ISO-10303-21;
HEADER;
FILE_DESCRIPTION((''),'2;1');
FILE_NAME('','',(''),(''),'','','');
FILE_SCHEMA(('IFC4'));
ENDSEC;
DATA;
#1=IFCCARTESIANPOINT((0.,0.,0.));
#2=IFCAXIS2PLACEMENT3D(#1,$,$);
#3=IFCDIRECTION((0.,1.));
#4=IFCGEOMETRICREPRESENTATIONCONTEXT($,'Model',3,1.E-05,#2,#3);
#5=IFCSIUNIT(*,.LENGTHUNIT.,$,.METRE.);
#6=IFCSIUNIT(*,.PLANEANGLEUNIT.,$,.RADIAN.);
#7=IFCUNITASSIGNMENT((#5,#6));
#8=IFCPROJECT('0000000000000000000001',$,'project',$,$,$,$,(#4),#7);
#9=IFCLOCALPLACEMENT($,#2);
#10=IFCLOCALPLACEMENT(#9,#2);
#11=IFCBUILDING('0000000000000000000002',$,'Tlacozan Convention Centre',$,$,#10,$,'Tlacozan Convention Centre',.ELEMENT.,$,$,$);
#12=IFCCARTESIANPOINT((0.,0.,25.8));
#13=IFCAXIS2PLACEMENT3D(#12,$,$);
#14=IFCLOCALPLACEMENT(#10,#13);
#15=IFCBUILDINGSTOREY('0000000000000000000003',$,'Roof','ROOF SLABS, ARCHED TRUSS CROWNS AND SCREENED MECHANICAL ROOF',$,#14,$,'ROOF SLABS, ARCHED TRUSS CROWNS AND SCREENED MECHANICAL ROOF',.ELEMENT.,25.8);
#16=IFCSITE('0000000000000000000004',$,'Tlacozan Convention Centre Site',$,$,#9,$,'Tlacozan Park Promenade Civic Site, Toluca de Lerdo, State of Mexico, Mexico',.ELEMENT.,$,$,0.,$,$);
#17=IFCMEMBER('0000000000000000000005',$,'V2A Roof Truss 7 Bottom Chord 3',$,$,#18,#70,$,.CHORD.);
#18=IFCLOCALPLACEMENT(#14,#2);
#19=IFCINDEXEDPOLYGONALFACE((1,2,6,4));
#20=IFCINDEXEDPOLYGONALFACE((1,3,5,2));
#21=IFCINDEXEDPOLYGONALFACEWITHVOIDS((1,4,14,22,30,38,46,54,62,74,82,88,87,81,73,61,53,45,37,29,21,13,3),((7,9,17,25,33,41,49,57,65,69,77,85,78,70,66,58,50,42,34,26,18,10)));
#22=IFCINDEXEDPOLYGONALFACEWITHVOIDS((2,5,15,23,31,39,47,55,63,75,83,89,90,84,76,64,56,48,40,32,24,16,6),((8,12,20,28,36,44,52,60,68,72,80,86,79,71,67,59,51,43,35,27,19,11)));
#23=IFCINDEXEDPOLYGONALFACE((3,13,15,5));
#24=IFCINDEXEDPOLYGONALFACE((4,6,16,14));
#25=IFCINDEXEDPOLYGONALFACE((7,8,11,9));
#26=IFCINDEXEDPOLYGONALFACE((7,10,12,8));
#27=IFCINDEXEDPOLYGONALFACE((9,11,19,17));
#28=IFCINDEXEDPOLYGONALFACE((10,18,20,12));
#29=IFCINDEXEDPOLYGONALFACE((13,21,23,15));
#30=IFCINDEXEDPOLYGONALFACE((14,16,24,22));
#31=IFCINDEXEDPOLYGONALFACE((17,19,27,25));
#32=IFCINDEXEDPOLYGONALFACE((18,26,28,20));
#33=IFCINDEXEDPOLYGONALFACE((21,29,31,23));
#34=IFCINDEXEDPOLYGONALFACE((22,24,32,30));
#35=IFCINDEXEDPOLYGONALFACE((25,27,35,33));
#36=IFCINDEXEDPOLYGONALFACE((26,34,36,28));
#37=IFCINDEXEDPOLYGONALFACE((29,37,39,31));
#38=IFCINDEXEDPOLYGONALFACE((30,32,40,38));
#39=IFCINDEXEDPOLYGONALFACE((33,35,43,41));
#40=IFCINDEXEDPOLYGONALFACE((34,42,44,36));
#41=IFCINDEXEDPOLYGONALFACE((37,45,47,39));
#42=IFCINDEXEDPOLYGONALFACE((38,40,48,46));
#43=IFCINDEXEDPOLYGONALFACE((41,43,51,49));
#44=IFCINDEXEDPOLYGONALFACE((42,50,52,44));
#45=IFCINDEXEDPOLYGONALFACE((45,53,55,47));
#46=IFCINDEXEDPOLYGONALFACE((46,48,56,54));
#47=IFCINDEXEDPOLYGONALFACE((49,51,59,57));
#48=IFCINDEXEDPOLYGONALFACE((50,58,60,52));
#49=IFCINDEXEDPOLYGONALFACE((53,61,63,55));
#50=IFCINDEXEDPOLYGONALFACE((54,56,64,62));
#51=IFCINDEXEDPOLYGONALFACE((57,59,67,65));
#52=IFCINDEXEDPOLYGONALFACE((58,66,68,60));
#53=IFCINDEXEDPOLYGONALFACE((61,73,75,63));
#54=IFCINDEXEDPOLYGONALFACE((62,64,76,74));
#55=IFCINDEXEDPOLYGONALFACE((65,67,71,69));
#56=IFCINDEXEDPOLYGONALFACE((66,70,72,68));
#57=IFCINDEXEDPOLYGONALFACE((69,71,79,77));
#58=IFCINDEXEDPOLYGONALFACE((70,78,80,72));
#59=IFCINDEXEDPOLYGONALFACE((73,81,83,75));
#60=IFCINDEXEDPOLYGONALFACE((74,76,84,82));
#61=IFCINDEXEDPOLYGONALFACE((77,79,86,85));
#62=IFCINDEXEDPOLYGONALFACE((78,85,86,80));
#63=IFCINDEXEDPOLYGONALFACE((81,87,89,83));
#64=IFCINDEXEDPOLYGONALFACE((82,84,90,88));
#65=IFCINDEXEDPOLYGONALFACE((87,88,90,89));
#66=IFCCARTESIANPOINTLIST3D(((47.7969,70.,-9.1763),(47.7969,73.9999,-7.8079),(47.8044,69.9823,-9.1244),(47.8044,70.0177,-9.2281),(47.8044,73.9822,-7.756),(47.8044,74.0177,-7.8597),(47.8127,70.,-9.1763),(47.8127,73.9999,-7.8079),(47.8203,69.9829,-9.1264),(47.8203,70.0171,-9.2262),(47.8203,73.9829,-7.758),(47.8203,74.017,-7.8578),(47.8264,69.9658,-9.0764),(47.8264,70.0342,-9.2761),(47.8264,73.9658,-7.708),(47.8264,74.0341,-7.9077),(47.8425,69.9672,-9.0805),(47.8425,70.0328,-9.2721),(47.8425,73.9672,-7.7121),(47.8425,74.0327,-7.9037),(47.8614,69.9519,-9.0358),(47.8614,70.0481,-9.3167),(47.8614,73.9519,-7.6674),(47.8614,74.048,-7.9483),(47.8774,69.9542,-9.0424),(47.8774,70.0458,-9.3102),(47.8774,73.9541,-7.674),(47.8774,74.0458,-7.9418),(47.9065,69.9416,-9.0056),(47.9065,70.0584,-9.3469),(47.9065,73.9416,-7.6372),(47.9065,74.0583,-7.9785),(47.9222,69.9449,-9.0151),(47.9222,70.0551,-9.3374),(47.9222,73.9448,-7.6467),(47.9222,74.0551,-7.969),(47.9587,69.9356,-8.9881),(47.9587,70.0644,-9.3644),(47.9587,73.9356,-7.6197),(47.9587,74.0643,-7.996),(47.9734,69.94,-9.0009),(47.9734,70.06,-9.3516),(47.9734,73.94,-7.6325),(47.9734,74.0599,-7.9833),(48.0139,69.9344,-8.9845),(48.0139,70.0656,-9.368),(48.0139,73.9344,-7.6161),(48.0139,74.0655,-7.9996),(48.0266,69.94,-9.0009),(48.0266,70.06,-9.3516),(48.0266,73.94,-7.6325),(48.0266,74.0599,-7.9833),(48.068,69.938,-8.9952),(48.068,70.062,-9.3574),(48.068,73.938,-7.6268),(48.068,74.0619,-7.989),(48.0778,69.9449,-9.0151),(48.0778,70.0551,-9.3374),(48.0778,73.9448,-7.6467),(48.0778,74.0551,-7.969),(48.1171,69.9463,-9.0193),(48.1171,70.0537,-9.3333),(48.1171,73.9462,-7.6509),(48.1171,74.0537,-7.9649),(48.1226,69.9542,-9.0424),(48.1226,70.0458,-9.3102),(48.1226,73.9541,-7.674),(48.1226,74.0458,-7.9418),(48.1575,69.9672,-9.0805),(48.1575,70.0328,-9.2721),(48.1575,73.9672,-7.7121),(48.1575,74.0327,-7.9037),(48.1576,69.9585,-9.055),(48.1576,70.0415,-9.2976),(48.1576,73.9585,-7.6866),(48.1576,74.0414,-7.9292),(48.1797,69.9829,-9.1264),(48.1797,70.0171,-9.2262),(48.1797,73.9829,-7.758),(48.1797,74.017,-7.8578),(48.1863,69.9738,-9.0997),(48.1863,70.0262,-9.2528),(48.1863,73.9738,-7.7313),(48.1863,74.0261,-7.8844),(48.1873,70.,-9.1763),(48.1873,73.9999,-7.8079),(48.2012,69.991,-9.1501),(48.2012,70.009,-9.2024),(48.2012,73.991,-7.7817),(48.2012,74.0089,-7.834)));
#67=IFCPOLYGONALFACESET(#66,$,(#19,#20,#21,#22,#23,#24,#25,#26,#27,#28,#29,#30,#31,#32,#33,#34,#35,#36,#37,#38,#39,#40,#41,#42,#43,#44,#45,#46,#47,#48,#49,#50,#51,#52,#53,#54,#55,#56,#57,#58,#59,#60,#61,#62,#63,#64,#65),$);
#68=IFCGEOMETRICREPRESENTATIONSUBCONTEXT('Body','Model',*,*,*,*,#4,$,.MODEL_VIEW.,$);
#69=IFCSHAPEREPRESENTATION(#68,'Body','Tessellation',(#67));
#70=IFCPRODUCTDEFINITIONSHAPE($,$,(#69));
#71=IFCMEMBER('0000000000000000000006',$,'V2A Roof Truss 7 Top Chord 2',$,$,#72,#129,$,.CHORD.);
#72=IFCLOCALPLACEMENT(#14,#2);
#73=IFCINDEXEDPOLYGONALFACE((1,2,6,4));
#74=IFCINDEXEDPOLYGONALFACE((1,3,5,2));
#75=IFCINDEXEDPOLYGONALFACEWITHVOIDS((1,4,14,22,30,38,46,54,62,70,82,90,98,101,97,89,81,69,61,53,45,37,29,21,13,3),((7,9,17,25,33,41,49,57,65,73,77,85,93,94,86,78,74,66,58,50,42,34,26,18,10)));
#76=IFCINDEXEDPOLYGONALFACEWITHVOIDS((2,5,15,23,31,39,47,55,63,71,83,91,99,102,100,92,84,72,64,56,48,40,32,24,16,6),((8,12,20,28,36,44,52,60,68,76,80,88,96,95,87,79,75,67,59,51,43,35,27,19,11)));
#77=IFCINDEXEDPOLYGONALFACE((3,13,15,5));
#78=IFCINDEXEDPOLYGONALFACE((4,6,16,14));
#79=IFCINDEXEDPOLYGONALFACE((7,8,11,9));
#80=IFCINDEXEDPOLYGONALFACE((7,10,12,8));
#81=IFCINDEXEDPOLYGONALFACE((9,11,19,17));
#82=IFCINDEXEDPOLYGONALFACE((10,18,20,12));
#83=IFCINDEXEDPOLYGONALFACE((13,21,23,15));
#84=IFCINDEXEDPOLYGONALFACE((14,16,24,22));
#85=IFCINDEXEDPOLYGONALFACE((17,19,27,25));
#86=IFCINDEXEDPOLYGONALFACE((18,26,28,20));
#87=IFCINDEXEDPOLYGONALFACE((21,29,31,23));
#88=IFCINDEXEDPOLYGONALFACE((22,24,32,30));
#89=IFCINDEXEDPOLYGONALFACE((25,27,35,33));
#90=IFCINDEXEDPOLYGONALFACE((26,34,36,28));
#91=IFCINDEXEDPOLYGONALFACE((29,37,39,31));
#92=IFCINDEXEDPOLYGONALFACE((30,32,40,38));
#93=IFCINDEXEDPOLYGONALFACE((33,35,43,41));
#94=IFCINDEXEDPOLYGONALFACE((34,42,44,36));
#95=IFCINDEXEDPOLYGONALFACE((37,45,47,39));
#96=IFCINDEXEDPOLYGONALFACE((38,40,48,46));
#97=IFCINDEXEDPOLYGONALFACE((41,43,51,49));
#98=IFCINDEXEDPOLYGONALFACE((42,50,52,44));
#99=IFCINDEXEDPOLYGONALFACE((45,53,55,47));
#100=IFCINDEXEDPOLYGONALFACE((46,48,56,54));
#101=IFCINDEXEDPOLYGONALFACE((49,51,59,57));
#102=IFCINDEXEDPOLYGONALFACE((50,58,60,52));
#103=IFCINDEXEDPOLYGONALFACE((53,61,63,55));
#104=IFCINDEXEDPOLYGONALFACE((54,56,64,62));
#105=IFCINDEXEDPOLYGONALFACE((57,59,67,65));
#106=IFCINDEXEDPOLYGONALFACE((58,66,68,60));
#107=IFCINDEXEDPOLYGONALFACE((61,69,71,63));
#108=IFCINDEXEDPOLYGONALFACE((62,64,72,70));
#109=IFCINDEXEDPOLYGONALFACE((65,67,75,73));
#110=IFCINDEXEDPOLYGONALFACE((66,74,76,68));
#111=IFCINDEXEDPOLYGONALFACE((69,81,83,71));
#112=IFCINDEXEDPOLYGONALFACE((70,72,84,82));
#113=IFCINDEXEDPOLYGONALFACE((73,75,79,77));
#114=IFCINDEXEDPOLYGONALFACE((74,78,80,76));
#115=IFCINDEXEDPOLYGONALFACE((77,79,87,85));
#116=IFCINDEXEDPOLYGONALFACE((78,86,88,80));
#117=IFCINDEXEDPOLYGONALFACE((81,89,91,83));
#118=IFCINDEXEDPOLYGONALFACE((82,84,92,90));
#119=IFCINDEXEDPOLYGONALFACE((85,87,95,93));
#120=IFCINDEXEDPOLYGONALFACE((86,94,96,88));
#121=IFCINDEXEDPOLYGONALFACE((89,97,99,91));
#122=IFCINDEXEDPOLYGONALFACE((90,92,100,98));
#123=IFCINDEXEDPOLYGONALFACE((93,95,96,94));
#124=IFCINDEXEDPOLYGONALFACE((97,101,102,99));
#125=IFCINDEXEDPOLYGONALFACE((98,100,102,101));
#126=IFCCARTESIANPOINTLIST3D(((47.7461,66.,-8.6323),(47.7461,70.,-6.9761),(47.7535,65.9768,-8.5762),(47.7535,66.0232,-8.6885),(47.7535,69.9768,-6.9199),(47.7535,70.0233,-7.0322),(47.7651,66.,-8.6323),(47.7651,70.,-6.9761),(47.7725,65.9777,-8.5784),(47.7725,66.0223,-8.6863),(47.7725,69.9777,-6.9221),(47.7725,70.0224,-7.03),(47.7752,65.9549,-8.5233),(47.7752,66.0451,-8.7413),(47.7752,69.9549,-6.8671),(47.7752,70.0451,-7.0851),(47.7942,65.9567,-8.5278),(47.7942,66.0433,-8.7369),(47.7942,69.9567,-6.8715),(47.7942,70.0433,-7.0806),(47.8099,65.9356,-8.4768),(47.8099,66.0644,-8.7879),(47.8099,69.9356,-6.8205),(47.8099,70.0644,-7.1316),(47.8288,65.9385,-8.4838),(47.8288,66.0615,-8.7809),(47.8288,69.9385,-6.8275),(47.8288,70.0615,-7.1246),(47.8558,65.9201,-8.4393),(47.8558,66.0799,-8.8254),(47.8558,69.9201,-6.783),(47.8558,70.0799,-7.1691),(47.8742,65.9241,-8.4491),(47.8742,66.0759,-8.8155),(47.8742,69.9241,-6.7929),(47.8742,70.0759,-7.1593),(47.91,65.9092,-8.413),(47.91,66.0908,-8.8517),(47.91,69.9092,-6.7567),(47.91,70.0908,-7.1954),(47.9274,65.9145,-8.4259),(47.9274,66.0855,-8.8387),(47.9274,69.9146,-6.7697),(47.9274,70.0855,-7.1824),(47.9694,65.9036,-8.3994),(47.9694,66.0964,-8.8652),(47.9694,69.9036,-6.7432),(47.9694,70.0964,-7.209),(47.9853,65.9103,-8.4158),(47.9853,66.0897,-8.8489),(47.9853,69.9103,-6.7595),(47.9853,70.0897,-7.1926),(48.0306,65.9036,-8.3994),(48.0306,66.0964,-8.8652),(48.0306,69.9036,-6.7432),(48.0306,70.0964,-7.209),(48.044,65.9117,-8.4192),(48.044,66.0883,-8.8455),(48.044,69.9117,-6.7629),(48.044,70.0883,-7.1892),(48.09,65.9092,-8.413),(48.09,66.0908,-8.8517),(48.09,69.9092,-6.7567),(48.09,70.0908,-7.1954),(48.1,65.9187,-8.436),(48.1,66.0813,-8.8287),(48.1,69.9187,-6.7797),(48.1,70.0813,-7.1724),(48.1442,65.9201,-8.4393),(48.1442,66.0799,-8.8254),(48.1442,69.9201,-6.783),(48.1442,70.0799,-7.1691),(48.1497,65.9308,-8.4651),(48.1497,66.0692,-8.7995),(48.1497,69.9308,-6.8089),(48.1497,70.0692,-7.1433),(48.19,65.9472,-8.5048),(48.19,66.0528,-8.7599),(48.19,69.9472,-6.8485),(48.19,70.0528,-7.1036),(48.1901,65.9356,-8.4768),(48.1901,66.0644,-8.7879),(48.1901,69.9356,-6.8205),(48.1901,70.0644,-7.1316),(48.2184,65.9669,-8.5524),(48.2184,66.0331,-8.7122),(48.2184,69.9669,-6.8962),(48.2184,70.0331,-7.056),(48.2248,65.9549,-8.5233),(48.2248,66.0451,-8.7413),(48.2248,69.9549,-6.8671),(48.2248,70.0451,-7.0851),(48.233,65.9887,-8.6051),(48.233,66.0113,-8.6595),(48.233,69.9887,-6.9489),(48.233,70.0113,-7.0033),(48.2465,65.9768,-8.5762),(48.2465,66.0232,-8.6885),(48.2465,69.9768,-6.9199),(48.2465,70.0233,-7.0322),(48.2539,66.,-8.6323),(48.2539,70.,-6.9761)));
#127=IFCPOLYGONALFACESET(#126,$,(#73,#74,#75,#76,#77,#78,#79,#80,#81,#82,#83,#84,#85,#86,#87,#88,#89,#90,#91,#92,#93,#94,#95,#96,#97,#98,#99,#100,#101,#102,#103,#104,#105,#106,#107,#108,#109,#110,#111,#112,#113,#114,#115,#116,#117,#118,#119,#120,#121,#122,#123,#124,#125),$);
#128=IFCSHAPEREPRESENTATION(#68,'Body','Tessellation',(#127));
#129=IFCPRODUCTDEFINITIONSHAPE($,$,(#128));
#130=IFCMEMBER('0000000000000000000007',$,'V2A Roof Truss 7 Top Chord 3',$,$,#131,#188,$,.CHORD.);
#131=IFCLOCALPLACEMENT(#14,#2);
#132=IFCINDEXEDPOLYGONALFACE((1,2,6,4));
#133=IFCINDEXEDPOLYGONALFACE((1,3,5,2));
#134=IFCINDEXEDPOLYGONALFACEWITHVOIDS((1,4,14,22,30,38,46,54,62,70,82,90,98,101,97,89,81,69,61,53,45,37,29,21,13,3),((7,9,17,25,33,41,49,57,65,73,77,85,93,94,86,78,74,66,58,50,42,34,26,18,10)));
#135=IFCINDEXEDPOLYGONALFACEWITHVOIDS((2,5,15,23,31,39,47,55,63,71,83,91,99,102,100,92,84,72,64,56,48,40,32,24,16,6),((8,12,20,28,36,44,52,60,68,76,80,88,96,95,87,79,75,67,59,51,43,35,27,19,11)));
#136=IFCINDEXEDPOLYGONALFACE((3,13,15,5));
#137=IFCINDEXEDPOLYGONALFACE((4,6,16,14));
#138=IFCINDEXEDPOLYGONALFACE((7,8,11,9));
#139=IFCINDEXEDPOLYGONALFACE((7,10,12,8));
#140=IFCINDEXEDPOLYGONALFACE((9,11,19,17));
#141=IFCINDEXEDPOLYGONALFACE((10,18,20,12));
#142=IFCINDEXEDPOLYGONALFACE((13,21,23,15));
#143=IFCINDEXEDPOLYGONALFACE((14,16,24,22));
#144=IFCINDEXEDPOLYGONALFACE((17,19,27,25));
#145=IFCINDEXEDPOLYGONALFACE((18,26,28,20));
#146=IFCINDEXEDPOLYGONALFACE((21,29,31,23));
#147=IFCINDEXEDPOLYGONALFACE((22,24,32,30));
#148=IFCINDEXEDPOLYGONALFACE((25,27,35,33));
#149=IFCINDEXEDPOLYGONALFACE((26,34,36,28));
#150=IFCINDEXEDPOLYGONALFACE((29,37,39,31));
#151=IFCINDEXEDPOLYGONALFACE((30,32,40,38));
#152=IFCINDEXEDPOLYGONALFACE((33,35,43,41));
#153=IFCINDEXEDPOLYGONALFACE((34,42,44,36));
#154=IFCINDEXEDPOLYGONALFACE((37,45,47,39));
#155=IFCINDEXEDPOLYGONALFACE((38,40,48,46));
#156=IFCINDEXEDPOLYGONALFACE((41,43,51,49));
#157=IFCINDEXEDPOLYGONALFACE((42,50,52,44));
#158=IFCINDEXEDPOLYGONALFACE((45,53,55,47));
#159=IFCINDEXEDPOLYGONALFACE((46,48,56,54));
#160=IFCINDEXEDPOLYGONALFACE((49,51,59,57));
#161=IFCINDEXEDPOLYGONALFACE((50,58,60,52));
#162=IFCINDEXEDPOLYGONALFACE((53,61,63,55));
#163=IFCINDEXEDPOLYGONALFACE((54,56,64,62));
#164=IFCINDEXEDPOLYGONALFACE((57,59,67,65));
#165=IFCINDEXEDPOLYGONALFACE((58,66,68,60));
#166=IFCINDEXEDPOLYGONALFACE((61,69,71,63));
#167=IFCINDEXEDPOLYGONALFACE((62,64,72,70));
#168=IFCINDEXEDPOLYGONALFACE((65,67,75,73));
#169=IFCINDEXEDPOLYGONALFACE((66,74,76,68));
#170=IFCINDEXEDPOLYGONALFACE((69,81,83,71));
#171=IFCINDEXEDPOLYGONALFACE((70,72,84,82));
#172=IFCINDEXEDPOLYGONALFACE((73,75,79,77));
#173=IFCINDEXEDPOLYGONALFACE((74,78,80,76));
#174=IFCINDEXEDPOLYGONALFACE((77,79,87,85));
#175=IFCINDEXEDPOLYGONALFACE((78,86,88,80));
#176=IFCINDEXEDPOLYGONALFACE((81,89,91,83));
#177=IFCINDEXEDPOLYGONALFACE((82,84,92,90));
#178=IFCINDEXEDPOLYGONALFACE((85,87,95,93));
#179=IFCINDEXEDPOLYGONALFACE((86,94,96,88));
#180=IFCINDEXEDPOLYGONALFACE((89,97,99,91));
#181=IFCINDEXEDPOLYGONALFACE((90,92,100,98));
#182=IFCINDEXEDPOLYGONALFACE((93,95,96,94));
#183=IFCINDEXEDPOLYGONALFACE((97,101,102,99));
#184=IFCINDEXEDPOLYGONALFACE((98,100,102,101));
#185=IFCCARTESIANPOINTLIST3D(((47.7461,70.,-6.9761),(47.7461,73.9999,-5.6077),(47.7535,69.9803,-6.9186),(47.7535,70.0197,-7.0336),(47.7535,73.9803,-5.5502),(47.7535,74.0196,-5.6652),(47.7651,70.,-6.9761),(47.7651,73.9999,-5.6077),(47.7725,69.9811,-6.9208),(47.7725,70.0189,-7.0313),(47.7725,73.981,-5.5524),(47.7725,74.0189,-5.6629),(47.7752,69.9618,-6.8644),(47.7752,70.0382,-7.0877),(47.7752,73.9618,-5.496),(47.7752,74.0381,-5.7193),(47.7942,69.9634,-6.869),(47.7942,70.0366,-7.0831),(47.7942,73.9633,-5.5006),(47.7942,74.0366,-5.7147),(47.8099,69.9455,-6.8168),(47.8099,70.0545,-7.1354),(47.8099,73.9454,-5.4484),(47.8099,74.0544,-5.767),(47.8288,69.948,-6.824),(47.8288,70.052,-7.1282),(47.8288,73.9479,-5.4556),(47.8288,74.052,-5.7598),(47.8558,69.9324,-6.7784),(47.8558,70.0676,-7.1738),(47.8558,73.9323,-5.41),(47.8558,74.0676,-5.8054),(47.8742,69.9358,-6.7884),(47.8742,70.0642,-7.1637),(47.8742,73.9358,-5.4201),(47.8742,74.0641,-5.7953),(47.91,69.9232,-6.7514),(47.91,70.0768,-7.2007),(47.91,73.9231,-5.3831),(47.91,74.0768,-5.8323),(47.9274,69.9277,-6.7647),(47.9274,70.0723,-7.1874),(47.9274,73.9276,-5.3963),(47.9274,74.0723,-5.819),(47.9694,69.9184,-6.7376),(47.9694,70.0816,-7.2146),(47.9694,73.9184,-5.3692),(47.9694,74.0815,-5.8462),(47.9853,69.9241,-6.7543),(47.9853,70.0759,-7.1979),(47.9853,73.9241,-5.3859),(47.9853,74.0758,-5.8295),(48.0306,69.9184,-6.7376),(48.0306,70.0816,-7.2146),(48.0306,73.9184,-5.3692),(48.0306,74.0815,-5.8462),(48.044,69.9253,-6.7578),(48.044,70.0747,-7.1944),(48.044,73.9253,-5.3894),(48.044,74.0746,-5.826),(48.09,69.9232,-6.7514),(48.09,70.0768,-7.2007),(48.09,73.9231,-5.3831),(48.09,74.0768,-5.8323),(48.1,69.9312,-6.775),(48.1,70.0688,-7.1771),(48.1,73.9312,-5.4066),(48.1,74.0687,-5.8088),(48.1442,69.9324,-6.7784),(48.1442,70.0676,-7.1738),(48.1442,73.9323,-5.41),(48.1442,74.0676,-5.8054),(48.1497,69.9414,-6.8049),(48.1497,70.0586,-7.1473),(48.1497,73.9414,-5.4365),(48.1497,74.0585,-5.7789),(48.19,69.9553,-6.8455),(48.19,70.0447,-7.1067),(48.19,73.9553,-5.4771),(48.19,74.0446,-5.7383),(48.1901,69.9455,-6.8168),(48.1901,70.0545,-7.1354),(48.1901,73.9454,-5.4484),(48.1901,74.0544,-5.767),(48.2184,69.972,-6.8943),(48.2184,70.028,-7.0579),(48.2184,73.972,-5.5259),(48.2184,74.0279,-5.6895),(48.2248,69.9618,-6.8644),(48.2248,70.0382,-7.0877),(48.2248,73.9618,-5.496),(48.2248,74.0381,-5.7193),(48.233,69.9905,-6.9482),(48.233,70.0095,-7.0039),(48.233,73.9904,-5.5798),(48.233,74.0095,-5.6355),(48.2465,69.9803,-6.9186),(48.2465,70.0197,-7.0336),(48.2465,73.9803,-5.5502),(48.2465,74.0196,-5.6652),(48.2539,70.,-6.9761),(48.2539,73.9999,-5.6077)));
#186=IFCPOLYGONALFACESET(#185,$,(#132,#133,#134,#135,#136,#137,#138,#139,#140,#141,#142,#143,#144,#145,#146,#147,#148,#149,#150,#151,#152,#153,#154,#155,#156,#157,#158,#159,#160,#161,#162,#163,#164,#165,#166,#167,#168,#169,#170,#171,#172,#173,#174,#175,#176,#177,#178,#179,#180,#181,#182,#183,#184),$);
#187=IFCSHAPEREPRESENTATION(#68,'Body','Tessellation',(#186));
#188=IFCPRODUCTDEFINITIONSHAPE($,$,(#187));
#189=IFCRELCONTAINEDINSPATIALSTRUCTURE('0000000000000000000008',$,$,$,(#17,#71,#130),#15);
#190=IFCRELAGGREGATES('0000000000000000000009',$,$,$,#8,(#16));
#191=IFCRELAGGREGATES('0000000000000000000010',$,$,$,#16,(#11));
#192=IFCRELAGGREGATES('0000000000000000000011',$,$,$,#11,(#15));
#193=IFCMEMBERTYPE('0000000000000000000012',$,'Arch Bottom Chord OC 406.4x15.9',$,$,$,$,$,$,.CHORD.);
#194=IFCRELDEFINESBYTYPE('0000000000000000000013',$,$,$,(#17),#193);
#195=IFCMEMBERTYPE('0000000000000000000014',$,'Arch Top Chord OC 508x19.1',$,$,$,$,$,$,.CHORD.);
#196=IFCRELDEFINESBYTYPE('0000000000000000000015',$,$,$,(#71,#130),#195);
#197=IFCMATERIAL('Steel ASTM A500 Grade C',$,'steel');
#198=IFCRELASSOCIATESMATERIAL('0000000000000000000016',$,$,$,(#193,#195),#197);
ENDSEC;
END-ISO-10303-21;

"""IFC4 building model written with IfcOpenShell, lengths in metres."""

from ifc_helpers import new_model, si_unit, direction, frame, origin, origin_2d, place, context, subcontext, project, spatial, hollow_circle, extrude, material, material_profile, profile_set, type_object, element, save


model = new_model("IFC4")

# Units and contexts
model_context = context("Model", 3, precision=1e-05, world=origin(), true_north=direction((0.0, 1.0)))
body_context = subcontext(model_context, "Body", "Model", "MODEL_VIEW")
ifc_project = project(units=[si_unit("LENGTHUNIT", "METRE"), si_unit("PLANEANGLEUNIT", "RADIAN")], contexts=[model_context])

# Site, building, storey
site_placement = place(None, origin())
site = spatial("IfcSite", under=ifc_project, at=site_placement, Name="Tlacozan Convention Centre Site", LongName="Tlacozan Park Promenade Civic Site, Toluca de Lerdo, State of Mexico, Mexico", CompositionType="ELEMENT", RefElevation=0.0)
building_placement = place(site_placement, origin())
building = spatial("IfcBuilding", under=site, at=building_placement, Name="Tlacozan Convention Centre", LongName="Tlacozan Convention Centre", CompositionType="ELEMENT")
storey_placement = place(building_placement, frame((0.0, 0.0, 25.8)))
storey = spatial("IfcBuildingStorey", under=building, at=storey_placement, Name="Roof", Description="ROOF SLABS, ARCHED TRUSS CROWNS AND SCREENED MECHANICAL ROOF", LongName="ROOF SLABS, ARCHED TRUSS CROWNS AND SCREENED MECHANICAL ROOF", CompositionType="ELEMENT", Elevation=25.8)

# Members
ifc_material_1 = material(Name="Steel ASTM A500 Grade C", Category="steel")
ifc_material_profile_1 = material_profile(ifc_material_1, hollow_circle(Radius=0.2031, WallThickness=0.0159, at=origin_2d()), Name="OC 406.4x15.9")
ifc_profile_set_1 = profile_set([ifc_material_profile_1], Name="Steel ASTM A500 Grade C")
member_type_1 = type_object("IfcMemberType", Name="Arch Bottom Chord OC 406.4x15.9", PredefinedType="CHORD", material=ifc_profile_set_1)
member_1_placement = place(storey_placement, frame((48.0, 70.0, -9.1763), z_axis=(0.0, 0.946165, 0.323685), x_axis=(-1.0, 0.0, 0.0)))
element("IfcMember", 1, at=member_1_placement, inside=storey, type_object=member_type_1, Name="V2A Roof Truss 7 Bottom Chord 3", PredefinedType="CHORD", context=body_context, shape_type="SweptSolid", body=[
    extrude(hollow_circle(Radius=0.2031, WallThickness=0.0159, at=origin_2d()), origin(), (0.0, 0.0, 1.0), 4.2275),
])
ifc_material_profile_2 = material_profile(ifc_material_1, hollow_circle(Radius=0.2539, WallThickness=0.019, at=origin_2d()), Name="OC 508.0x19.1")
ifc_profile_set_2 = profile_set([ifc_material_profile_2], Name="Steel ASTM A500 Grade C")
member_type_2 = type_object("IfcMemberType", Name="Arch Top Chord OC 508x19.1", PredefinedType="CHORD", material=ifc_profile_set_2)
member_2_placement = place(storey_placement, frame((48.0, 66.0, -8.6323), z_axis=(0.0, 0.923929, 0.382564), x_axis=(-1.0, 0.0, 0.0)))
element("IfcMember", 2, at=member_2_placement, inside=storey, type_object=member_type_2, Name="V2A Roof Truss 7 Top Chord 2", PredefinedType="CHORD", context=body_context, shape_type="SweptSolid", body=[
    extrude(hollow_circle(Radius=0.2539, WallThickness=0.019, at=origin_2d()), origin(), (0.0, 0.0, 1.0), 4.3293),
])
member_3_placement = place(storey_placement, frame((48.0, 70.0, -6.9761), z_axis=(0.0, 0.946165, 0.323685), x_axis=(-1.0, 0.0, 0.0)))
element("IfcMember", 3, at=member_3_placement, inside=storey, type_object=member_type_2, Name="V2A Roof Truss 7 Top Chord 3", PredefinedType="CHORD", context=body_context, shape_type="SweptSolid", body=[
    extrude(hollow_circle(Radius=0.2539, WallThickness=0.019, at=origin_2d()), origin(), (0.0, 0.0, 1.0), 4.2275),
])

save(model, "model.ifc")
